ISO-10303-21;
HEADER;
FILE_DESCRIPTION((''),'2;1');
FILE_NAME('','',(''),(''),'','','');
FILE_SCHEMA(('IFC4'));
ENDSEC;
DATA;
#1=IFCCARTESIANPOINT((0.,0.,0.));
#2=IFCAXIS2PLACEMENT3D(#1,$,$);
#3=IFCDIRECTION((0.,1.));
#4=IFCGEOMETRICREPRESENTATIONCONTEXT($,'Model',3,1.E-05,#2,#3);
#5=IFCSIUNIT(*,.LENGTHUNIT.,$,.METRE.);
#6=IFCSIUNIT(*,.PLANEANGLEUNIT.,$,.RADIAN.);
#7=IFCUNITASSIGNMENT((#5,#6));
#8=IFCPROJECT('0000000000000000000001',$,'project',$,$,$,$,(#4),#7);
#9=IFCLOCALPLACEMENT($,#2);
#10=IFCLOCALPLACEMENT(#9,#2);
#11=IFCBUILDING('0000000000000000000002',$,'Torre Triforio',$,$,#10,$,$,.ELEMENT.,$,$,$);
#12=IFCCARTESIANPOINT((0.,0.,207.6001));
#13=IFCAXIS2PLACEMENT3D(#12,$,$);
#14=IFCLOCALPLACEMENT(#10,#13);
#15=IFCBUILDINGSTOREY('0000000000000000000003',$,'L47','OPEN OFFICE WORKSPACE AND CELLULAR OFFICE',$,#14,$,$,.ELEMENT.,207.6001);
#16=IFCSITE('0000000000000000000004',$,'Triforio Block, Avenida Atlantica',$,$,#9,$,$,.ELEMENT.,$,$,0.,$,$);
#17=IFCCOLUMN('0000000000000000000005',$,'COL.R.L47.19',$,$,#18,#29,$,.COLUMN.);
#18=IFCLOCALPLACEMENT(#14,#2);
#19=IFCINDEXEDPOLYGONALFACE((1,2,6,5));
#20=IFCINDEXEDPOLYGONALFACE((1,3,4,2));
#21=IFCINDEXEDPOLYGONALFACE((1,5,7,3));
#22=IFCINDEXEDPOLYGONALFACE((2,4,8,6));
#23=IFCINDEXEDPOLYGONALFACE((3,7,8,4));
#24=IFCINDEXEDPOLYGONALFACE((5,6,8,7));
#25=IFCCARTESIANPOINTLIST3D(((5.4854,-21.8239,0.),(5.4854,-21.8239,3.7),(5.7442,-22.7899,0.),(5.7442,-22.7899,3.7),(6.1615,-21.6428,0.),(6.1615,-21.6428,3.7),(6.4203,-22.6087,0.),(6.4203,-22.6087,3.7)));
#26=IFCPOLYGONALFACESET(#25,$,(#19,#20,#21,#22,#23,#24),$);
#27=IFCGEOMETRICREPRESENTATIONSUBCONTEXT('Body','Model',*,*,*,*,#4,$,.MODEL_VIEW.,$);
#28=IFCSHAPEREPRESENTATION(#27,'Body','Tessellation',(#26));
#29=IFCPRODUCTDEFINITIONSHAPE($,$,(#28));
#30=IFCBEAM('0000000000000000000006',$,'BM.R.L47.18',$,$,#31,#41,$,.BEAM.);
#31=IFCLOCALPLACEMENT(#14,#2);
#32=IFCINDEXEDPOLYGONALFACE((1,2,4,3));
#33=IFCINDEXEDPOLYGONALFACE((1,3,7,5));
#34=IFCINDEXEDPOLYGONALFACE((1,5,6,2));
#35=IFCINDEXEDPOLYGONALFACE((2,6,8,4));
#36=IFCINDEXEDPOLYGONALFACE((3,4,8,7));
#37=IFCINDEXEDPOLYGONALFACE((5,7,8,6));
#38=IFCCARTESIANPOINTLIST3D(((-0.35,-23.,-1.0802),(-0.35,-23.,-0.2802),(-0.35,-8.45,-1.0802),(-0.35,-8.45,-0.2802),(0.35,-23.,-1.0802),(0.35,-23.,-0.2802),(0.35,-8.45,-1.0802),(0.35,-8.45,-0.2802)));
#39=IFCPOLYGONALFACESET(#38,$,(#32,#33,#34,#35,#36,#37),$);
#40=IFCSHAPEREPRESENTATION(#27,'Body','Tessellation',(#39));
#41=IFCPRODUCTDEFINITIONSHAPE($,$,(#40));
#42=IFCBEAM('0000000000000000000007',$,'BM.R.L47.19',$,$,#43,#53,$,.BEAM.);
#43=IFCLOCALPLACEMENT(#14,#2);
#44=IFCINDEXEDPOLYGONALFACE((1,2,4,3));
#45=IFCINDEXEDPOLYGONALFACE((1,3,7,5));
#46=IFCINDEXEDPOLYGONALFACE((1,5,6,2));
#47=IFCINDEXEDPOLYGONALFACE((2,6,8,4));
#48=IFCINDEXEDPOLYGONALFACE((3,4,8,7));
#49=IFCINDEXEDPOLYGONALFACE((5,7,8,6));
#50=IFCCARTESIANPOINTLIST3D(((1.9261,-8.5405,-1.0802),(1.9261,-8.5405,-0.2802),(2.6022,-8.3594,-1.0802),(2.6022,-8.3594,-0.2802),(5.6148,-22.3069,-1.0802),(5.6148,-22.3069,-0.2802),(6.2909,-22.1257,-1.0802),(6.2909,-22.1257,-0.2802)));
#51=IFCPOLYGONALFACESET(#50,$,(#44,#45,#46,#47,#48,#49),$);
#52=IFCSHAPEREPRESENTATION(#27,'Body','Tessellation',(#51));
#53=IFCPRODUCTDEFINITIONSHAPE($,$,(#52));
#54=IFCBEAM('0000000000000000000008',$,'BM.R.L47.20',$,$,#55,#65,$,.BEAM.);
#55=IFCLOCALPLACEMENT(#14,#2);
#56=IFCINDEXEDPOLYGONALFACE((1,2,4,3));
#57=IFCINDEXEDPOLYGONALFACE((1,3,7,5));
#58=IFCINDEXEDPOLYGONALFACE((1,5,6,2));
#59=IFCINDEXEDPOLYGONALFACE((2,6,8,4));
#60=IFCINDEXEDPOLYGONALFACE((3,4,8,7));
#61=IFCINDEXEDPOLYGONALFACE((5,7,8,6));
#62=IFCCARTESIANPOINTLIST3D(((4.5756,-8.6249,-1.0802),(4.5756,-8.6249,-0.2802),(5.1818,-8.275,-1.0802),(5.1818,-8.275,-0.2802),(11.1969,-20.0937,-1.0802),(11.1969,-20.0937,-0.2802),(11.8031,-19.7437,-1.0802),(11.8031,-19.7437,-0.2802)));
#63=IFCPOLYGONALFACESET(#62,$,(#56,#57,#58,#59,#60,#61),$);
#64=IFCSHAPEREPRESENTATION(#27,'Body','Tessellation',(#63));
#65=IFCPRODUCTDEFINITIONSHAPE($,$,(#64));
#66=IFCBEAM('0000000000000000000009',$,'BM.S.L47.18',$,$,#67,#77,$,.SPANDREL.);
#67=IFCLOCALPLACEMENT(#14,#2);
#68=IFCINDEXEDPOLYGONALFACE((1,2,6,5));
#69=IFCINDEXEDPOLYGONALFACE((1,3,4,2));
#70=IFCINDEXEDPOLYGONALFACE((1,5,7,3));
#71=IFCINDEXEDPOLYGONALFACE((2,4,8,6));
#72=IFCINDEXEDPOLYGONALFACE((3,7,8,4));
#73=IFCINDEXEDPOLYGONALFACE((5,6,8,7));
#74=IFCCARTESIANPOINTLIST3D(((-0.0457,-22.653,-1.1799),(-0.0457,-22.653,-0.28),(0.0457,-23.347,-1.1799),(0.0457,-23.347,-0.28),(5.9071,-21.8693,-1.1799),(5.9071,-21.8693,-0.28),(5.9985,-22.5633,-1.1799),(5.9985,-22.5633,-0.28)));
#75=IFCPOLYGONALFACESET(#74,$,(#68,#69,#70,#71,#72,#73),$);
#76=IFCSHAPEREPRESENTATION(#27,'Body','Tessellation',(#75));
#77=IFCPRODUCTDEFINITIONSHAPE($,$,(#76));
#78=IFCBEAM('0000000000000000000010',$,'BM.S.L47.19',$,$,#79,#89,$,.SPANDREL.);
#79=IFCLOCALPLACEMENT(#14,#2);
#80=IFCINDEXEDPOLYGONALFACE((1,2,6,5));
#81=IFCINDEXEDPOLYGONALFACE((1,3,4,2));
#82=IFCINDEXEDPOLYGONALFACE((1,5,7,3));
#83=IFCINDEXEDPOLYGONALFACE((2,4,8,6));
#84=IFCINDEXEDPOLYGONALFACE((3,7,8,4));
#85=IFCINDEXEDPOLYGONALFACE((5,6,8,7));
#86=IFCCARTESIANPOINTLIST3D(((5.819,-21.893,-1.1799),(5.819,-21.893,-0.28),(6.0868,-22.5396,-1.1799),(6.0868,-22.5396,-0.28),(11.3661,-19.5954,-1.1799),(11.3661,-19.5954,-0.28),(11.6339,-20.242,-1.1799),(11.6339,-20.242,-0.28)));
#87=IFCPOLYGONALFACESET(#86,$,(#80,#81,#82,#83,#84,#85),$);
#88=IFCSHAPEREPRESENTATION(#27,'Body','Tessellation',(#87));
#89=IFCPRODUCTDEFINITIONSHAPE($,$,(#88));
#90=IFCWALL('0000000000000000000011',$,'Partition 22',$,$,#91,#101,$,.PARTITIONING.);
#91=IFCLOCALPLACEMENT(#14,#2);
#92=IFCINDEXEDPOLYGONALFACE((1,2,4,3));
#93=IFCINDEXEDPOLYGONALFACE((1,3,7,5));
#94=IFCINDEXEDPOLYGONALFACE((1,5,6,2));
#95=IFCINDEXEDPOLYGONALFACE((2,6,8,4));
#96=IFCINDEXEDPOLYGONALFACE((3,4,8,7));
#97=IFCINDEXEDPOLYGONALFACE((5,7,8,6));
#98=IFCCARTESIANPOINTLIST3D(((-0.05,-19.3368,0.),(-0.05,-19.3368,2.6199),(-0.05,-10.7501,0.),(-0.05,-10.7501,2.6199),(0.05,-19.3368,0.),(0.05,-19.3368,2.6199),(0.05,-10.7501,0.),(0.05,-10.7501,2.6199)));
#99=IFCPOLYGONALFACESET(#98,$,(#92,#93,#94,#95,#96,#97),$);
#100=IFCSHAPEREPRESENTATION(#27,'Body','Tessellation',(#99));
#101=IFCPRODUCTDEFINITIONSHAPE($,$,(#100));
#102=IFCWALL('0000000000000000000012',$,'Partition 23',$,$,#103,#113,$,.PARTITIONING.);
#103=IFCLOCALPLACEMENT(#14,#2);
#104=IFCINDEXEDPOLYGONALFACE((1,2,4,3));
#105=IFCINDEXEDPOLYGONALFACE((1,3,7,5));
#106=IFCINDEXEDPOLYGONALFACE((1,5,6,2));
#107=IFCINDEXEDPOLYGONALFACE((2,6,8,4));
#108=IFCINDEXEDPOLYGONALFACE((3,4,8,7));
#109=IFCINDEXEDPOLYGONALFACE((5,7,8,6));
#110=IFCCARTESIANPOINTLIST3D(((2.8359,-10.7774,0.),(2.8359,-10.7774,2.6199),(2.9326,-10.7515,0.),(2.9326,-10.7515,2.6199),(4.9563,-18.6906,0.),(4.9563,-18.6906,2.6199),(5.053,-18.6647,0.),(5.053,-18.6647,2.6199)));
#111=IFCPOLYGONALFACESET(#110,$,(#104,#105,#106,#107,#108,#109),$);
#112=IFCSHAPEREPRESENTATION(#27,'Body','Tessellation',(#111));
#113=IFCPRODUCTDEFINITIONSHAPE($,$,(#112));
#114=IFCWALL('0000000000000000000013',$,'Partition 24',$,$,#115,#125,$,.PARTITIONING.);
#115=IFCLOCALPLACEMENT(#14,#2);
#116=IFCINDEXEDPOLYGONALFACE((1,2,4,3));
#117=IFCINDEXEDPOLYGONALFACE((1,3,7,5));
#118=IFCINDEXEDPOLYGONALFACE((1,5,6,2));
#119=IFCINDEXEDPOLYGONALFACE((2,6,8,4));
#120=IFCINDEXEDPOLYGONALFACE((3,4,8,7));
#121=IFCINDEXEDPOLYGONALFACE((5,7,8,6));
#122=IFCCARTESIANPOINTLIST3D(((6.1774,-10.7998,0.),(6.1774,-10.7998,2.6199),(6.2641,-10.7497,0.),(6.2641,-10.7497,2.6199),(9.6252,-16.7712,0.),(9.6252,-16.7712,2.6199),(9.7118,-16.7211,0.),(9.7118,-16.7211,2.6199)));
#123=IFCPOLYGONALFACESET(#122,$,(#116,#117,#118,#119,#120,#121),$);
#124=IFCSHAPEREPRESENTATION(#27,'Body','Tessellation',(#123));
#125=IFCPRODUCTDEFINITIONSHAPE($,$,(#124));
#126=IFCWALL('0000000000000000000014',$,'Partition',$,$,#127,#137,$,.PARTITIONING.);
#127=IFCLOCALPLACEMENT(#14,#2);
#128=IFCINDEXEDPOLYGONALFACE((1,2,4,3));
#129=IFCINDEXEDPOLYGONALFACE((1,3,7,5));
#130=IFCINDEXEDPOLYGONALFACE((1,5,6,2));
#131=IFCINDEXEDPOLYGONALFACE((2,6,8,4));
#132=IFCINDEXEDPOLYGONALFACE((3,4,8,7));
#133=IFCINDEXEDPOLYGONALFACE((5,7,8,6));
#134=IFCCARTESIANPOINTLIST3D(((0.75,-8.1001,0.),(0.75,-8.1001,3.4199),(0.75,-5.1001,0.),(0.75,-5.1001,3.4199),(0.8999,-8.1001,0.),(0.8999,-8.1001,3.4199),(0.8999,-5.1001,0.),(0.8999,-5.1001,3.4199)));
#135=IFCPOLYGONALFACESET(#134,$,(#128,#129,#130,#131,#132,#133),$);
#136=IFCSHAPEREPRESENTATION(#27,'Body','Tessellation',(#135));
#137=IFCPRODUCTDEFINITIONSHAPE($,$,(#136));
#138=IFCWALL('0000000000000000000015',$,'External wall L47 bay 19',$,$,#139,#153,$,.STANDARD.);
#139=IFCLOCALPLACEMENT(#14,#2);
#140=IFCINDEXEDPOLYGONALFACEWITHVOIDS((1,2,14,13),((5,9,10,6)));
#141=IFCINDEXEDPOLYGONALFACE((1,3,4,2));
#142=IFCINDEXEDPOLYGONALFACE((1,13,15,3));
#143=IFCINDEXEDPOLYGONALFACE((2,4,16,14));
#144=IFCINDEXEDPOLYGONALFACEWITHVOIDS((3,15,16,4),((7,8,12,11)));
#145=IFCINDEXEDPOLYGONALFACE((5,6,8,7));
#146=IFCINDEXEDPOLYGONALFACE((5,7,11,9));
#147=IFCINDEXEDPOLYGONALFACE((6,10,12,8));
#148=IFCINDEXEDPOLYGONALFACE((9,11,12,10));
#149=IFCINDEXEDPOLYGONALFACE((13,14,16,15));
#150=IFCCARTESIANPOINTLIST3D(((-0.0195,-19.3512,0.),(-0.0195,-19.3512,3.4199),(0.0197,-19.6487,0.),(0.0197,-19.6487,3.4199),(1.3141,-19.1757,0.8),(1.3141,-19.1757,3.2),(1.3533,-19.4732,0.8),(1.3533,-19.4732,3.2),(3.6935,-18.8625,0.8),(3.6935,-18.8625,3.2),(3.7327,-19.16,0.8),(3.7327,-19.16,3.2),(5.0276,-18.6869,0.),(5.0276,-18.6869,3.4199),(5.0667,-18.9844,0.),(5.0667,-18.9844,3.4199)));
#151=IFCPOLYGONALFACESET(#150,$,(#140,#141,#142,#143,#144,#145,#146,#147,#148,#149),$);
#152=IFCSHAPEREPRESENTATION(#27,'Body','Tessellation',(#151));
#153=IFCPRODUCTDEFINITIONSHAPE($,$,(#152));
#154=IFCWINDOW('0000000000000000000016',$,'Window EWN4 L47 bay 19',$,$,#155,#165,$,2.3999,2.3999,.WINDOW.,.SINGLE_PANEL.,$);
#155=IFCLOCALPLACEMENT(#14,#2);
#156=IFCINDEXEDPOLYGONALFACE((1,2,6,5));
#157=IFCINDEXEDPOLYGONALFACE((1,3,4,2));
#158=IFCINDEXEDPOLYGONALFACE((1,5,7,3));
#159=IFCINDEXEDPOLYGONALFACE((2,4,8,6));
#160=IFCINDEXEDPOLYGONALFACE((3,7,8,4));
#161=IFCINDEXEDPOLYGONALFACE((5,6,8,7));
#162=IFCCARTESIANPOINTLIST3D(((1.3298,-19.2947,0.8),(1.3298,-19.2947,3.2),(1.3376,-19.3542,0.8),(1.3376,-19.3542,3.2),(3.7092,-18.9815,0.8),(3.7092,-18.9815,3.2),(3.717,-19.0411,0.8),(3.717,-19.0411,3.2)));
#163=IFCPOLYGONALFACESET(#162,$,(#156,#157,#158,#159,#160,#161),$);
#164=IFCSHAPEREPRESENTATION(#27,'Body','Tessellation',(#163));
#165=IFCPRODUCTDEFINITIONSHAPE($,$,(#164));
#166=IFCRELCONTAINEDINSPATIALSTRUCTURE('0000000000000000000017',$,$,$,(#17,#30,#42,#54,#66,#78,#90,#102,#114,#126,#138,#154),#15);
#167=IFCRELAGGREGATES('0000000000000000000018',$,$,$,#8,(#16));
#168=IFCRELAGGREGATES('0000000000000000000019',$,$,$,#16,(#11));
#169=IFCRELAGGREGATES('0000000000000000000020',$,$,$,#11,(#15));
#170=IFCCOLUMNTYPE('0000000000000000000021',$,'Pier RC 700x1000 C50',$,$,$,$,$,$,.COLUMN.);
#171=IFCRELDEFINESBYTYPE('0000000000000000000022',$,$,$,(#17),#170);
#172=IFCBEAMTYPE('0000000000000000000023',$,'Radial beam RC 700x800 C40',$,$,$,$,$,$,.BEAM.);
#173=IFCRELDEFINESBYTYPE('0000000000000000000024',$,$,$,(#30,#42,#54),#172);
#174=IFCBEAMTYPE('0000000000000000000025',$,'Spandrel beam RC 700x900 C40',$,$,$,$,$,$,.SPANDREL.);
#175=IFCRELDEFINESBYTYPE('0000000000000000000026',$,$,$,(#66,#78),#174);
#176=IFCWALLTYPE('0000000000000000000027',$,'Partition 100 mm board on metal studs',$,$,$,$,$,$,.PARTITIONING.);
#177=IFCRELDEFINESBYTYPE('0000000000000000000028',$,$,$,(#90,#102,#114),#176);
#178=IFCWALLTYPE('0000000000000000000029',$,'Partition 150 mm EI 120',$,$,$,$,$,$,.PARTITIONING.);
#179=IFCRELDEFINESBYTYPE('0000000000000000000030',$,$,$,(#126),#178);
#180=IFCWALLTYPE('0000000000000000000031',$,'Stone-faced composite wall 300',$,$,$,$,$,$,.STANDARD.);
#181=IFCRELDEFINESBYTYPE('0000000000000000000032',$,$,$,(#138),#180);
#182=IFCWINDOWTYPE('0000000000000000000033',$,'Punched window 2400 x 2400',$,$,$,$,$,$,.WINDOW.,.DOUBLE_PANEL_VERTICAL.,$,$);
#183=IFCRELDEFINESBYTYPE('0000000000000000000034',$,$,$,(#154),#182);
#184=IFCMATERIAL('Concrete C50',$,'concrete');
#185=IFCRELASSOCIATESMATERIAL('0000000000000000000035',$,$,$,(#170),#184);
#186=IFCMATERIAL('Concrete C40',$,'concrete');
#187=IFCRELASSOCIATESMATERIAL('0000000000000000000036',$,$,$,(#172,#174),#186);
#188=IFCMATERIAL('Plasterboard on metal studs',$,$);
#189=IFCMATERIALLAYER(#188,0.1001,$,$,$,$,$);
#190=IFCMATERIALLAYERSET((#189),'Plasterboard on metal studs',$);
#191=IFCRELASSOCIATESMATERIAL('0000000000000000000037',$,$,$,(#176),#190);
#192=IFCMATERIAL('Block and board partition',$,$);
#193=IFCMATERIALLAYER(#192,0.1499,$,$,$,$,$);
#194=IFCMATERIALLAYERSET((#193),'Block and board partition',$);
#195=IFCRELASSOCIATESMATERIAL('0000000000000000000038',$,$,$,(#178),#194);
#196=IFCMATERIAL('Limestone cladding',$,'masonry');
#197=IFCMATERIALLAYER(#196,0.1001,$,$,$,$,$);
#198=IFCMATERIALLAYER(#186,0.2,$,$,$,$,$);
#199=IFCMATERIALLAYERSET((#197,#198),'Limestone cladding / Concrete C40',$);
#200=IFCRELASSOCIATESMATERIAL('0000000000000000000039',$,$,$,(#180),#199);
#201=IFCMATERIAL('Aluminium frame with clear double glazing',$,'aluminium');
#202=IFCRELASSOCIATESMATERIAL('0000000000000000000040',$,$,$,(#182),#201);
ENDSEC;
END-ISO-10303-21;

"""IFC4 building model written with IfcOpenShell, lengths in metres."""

from ifc_helpers import new_model, si_unit, direction, frame, frame_2d, origin, origin_2d, place, context, subcontext, project, spatial, rectangle, extrude, material, layer, layer_set, material_profile, profile_set, type_object, element, fill, save


model = new_model("IFC4")

# Units and contexts
model_context = context("Model", 3, precision=1e-05, world=origin(), true_north=direction((0.0, 1.0)))
body_context = subcontext(model_context, "Body", "Model", "MODEL_VIEW")
ifc_project = project(units=[si_unit("LENGTHUNIT", "METRE"), si_unit("PLANEANGLEUNIT", "RADIAN")], contexts=[model_context])

# Site, building, storey
site_placement = place(None, origin())
site = spatial("IfcSite", under=ifc_project, at=site_placement, Name="Triforio Block, Avenida Atlantica", CompositionType="ELEMENT", RefElevation=0.0)
building_placement = place(site_placement, origin())
building = spatial("IfcBuilding", under=site, at=building_placement, Name="Torre Triforio", CompositionType="ELEMENT")
storey_placement = place(building_placement, frame((0.0, 0.0, 207.6001)))
storey = spatial("IfcBuildingStorey", under=building, at=storey_placement, Name="L47", Description="OPEN OFFICE WORKSPACE AND CELLULAR OFFICE", CompositionType="ELEMENT", Elevation=207.6001)

# Column
ifc_material_1 = material(Name="Concrete C50", Category="concrete")
ifc_material_profile_1 = material_profile(ifc_material_1, rectangle(XDim=0.7, YDim=1.0, at=origin_2d()), Name="RC 700x1000")
ifc_profile_set_1 = profile_set([ifc_material_profile_1], Name="Concrete C50")
column_type = type_object("IfcColumnType", Name="Pier RC 700x1000 C50", PredefinedType="COLUMN", material=ifc_profile_set_1)
column_placement = place(storey_placement, frame((5.9529, -22.2163, 0.0), z_axis=(0.0, 0.0, 1.0), x_axis=(0.965926, 0.258819, 0.0)))
element("IfcColumn", 1, at=column_placement, inside=storey, type_object=column_type, Name="COL.R.L47.19", PredefinedType="COLUMN", context=body_context, shape_type="SweptSolid", body=[
    extrude(rectangle(XDim=0.7, YDim=1.0, at=origin_2d()), origin(), (0.0, 0.0, 1.0), 3.7),
])

# Beams
ifc_material_2 = material(Name="Concrete C40", Category="concrete")
ifc_material_profile_2 = material_profile(ifc_material_2, rectangle(XDim=0.7, YDim=0.8, at=origin_2d()), Name="RC 700x800")
ifc_profile_set_2 = profile_set([ifc_material_profile_2], Name="Concrete C40")
beam_type_1 = type_object("IfcBeamType", Name="Radial beam RC 700x800 C40", PredefinedType="BEAM", material=ifc_profile_set_2)
beam_1_placement = place(storey_placement, frame((0.0, -8.45, -0.6802), z_axis=(0.0, -1.0, 0.0), x_axis=(1.0, 0.0, 0.0)))
element("IfcBeam", 2, at=beam_1_placement, inside=storey, type_object=beam_type_1, Name="BM.R.L47.18", PredefinedType="BEAM", context=body_context, shape_type="SweptSolid", body=[
    extrude(rectangle(XDim=0.7, YDim=0.8, at=origin_2d()), origin(), (0.0, 0.0, 1.0), 14.55),
])
beam_2_placement = place(storey_placement, frame((2.2642, -8.45, -0.6802), z_axis=(0.258821, -0.965925, 0.0), x_axis=(0.965925, 0.258821, 0.0)))
element("IfcBeam", 3, at=beam_2_placement, inside=storey, type_object=beam_type_1, Name="BM.R.L47.19", PredefinedType="BEAM", context=body_context, shape_type="SweptSolid", body=[
    extrude(rectangle(XDim=0.7, YDim=0.8, at=origin_2d()), origin(), (0.0, 0.0, 1.0), 14.252),
])
beam_3_placement = place(storey_placement, frame((4.8787, -8.45, -0.6802), z_axis=(0.499992, -0.86603, 0.0), x_axis=(0.86603, 0.499992, 0.0)))
element("IfcBeam", 4, at=beam_3_placement, inside=storey, type_object=beam_type_1, Name="BM.R.L47.20", PredefinedType="BEAM", context=body_context, shape_type="SweptSolid", body=[
    extrude(rectangle(XDim=0.7, YDim=0.8, at=origin_2d()), origin(), (0.0, 0.0, 1.0), 13.2429),
])
ifc_material_profile_3 = material_profile(ifc_material_2, rectangle(XDim=0.7, YDim=0.8999, at=origin_2d()), Name="RC 700x900")
ifc_profile_set_3 = profile_set([ifc_material_profile_3], Name="Concrete C40")
beam_type_2 = type_object("IfcBeamType", Name="Spandrel beam RC 700x900 C40", PredefinedType="SPANDREL", material=ifc_profile_set_3)
for number, where, z_axis, x_axis, name in (
    (5, (0.0, -23.0, -0.73), (0.991445, 0.130523, 0.0), (-0.130523, 0.991445, 0.0), "BM.S.L47.18"),
    (6, (5.9529, -22.2163, -0.73), (0.923885, 0.382671, 0.0), (-0.382671, 0.923885, 0.0), "BM.S.L47.19"),
):
    element("IfcBeam", number, at=place(storey_placement, frame(where, z_axis=z_axis, x_axis=x_axis)), inside=storey, type_object=beam_type_2, Name=name, PredefinedType="SPANDREL", context=body_context, shape_type="SweptSolid", body=[
        extrude(rectangle(XDim=0.7, YDim=0.8999, at=origin_2d()), origin(), (0.0, 0.0, 1.0), 6.0042),
    ])

# Walls
ifc_material_3 = material(Name="Plasterboard on metal studs")
ifc_layer_1 = layer(ifc_material_3, 0.1001)
ifc_layer_set_1 = layer_set([ifc_layer_1], Name="Plasterboard on metal studs")
wall_type_1 = type_object("IfcWallType", Name="Partition 100 mm board on metal studs", PredefinedType="PARTITIONING", material=ifc_layer_set_1)
wall_1_placement = place(storey_placement, frame((0.0, -10.75, 0.0), z_axis=(0.0, 0.0, 1.0), x_axis=(0.0, -1.0, 0.0)))
element("IfcWall", 7, at=wall_1_placement, inside=storey, type_object=wall_type_1, Name="Partition 22", PredefinedType="PARTITIONING", context=body_context, shape_type="SweptSolid", body=[
    extrude(rectangle(XDim=8.5867, YDim=0.1001, at=frame_2d((4.2935, 0.0))), origin(), (0.0, 0.0, 1.0), 2.6199),
])
wall_2_placement = place(storey_placement, frame((2.8843, -10.7644, 0.0), z_axis=(0.0, 0.0, 1.0), x_axis=(0.258818, -0.965926, 0.0)))
element("IfcWall", 8, at=wall_2_placement, inside=storey, type_object=wall_type_1, Name="Partition 23", PredefinedType="PARTITIONING", context=body_context, shape_type="SweptSolid", body=[
    extrude(rectangle(XDim=8.1924, YDim=0.1001, at=frame_2d((4.0962, 0.0))), origin(), (0.0, 0.0, 1.0), 2.6199),
])
wall_3_placement = place(storey_placement, frame((6.2207, -10.7747, 0.0), z_axis=(0.0, 0.0, 1.0), x_axis=(0.500016, -0.866016, 0.0)))
element("IfcWall", 9, at=wall_3_placement, inside=storey, type_object=wall_type_1, Name="Partition 24", PredefinedType="PARTITIONING", context=body_context, shape_type="SweptSolid", body=[
    extrude(rectangle(XDim=6.8953, YDim=0.1001, at=frame_2d((3.4478, 0.0))), origin(), (0.0, 0.0, 1.0), 2.6199),
])
ifc_material_4 = material(Name="Block and board partition")
ifc_layer_2 = layer(ifc_material_4, 0.1499)
ifc_layer_set_2 = layer_set([ifc_layer_2], Name="Block and board partition")
wall_type_2 = type_object("IfcWallType", Name="Partition 150 mm EI 120", PredefinedType="PARTITIONING", material=ifc_layer_set_2)
wall_4_placement = place(storey_placement, frame((0.825, -8.1001, 0.0), z_axis=(0.0, 0.0, 1.0), x_axis=(0.0, 1.0, 0.0)))
element("IfcWall", 10, at=wall_4_placement, inside=storey, type_object=wall_type_2, Name="Partition", PredefinedType="PARTITIONING", context=body_context, shape_type="SweptSolid", body=[
    extrude(rectangle(XDim=3.0, YDim=0.1499, at=frame_2d((1.5, 0.0))), origin(), (0.0, 0.0, 1.0), 3.4199),
])

# Wall, opening, window
ifc_material_5 = material(Name="Limestone cladding", Category="masonry")
ifc_layer_3 = layer(ifc_material_5, 0.1001)
ifc_layer_4 = layer(ifc_material_2, 0.2)
ifc_layer_set_3 = layer_set([ifc_layer_3, ifc_layer_4], Name="Limestone cladding / Concrete C40")
wall_type_3 = type_object("IfcWallType", Name="Stone-faced composite wall 300", PredefinedType="STANDARD", material=ifc_layer_set_3)
wall_5_placement = place(storey_placement, frame((0.0, -19.5, 0.0), z_axis=(0.0, 0.0, 1.0), x_axis=(0.991449, 0.130495, 0.0)))
wall_5 = element("IfcWall", 11, at=wall_5_placement, inside=storey, type_object=wall_type_3, Name="External wall L47 bay 19", PredefinedType="STANDARD", context=body_context, shape_type="SweptSolid", body=[
    extrude(rectangle(XDim=5.0906, YDim=0.3, at=frame_2d((2.5454, 0.0))), origin(), (0.0, 0.0, 1.0), 3.4199),
])
opening_1_placement = place(wall_5_placement, frame((1.3452, 0.0, 0.8)))
opening_1 = element("IfcOpeningElement", 12, at=opening_1_placement, cuts=wall_5, PredefinedType="OPENING", context=body_context, shape_type="SweptSolid", body=[
    extrude(rectangle(XDim=2.3999, YDim=2.3999, at=frame_2d((1.2, 1.2))), frame((0.0, 0.1599, 0.0), z_axis=(0.0, -1.0, 0.0), x_axis=(1.0, 0.0, 0.0)), (0.0, 0.0, 1.0), 0.3201),
])
ifc_material_6 = material(Name="Aluminium frame with clear double glazing", Category="aluminium")
window_type_1 = type_object("IfcWindowType", Name="Punched window 2400 x 2400", PartitioningType="DOUBLE_PANEL_VERTICAL", PredefinedType="WINDOW", material=ifc_material_6)
window_1_placement = place(opening_1_placement, origin())
window_1 = element("IfcWindow", 13, at=window_1_placement, inside=storey, type_object=window_type_1, Name="Window EWN4 L47 bay 19", OverallHeight=2.3999, OverallWidth=2.3999, PartitioningType="SINGLE_PANEL", PredefinedType="WINDOW", context=body_context, shape_type="SweptSolid", body=[
    extrude(rectangle(XDim=2.3999, YDim=2.3999, at=frame_2d((1.2, 1.2))), frame((0.0, 0.03, 0.0), z_axis=(0.0, -1.0, 0.0), x_axis=(1.0, 0.0, 0.0)), (0.0, 0.0, 1.0), 0.0601),
])
fill(opening_1, window_1)

save(model, "model.ifc")
